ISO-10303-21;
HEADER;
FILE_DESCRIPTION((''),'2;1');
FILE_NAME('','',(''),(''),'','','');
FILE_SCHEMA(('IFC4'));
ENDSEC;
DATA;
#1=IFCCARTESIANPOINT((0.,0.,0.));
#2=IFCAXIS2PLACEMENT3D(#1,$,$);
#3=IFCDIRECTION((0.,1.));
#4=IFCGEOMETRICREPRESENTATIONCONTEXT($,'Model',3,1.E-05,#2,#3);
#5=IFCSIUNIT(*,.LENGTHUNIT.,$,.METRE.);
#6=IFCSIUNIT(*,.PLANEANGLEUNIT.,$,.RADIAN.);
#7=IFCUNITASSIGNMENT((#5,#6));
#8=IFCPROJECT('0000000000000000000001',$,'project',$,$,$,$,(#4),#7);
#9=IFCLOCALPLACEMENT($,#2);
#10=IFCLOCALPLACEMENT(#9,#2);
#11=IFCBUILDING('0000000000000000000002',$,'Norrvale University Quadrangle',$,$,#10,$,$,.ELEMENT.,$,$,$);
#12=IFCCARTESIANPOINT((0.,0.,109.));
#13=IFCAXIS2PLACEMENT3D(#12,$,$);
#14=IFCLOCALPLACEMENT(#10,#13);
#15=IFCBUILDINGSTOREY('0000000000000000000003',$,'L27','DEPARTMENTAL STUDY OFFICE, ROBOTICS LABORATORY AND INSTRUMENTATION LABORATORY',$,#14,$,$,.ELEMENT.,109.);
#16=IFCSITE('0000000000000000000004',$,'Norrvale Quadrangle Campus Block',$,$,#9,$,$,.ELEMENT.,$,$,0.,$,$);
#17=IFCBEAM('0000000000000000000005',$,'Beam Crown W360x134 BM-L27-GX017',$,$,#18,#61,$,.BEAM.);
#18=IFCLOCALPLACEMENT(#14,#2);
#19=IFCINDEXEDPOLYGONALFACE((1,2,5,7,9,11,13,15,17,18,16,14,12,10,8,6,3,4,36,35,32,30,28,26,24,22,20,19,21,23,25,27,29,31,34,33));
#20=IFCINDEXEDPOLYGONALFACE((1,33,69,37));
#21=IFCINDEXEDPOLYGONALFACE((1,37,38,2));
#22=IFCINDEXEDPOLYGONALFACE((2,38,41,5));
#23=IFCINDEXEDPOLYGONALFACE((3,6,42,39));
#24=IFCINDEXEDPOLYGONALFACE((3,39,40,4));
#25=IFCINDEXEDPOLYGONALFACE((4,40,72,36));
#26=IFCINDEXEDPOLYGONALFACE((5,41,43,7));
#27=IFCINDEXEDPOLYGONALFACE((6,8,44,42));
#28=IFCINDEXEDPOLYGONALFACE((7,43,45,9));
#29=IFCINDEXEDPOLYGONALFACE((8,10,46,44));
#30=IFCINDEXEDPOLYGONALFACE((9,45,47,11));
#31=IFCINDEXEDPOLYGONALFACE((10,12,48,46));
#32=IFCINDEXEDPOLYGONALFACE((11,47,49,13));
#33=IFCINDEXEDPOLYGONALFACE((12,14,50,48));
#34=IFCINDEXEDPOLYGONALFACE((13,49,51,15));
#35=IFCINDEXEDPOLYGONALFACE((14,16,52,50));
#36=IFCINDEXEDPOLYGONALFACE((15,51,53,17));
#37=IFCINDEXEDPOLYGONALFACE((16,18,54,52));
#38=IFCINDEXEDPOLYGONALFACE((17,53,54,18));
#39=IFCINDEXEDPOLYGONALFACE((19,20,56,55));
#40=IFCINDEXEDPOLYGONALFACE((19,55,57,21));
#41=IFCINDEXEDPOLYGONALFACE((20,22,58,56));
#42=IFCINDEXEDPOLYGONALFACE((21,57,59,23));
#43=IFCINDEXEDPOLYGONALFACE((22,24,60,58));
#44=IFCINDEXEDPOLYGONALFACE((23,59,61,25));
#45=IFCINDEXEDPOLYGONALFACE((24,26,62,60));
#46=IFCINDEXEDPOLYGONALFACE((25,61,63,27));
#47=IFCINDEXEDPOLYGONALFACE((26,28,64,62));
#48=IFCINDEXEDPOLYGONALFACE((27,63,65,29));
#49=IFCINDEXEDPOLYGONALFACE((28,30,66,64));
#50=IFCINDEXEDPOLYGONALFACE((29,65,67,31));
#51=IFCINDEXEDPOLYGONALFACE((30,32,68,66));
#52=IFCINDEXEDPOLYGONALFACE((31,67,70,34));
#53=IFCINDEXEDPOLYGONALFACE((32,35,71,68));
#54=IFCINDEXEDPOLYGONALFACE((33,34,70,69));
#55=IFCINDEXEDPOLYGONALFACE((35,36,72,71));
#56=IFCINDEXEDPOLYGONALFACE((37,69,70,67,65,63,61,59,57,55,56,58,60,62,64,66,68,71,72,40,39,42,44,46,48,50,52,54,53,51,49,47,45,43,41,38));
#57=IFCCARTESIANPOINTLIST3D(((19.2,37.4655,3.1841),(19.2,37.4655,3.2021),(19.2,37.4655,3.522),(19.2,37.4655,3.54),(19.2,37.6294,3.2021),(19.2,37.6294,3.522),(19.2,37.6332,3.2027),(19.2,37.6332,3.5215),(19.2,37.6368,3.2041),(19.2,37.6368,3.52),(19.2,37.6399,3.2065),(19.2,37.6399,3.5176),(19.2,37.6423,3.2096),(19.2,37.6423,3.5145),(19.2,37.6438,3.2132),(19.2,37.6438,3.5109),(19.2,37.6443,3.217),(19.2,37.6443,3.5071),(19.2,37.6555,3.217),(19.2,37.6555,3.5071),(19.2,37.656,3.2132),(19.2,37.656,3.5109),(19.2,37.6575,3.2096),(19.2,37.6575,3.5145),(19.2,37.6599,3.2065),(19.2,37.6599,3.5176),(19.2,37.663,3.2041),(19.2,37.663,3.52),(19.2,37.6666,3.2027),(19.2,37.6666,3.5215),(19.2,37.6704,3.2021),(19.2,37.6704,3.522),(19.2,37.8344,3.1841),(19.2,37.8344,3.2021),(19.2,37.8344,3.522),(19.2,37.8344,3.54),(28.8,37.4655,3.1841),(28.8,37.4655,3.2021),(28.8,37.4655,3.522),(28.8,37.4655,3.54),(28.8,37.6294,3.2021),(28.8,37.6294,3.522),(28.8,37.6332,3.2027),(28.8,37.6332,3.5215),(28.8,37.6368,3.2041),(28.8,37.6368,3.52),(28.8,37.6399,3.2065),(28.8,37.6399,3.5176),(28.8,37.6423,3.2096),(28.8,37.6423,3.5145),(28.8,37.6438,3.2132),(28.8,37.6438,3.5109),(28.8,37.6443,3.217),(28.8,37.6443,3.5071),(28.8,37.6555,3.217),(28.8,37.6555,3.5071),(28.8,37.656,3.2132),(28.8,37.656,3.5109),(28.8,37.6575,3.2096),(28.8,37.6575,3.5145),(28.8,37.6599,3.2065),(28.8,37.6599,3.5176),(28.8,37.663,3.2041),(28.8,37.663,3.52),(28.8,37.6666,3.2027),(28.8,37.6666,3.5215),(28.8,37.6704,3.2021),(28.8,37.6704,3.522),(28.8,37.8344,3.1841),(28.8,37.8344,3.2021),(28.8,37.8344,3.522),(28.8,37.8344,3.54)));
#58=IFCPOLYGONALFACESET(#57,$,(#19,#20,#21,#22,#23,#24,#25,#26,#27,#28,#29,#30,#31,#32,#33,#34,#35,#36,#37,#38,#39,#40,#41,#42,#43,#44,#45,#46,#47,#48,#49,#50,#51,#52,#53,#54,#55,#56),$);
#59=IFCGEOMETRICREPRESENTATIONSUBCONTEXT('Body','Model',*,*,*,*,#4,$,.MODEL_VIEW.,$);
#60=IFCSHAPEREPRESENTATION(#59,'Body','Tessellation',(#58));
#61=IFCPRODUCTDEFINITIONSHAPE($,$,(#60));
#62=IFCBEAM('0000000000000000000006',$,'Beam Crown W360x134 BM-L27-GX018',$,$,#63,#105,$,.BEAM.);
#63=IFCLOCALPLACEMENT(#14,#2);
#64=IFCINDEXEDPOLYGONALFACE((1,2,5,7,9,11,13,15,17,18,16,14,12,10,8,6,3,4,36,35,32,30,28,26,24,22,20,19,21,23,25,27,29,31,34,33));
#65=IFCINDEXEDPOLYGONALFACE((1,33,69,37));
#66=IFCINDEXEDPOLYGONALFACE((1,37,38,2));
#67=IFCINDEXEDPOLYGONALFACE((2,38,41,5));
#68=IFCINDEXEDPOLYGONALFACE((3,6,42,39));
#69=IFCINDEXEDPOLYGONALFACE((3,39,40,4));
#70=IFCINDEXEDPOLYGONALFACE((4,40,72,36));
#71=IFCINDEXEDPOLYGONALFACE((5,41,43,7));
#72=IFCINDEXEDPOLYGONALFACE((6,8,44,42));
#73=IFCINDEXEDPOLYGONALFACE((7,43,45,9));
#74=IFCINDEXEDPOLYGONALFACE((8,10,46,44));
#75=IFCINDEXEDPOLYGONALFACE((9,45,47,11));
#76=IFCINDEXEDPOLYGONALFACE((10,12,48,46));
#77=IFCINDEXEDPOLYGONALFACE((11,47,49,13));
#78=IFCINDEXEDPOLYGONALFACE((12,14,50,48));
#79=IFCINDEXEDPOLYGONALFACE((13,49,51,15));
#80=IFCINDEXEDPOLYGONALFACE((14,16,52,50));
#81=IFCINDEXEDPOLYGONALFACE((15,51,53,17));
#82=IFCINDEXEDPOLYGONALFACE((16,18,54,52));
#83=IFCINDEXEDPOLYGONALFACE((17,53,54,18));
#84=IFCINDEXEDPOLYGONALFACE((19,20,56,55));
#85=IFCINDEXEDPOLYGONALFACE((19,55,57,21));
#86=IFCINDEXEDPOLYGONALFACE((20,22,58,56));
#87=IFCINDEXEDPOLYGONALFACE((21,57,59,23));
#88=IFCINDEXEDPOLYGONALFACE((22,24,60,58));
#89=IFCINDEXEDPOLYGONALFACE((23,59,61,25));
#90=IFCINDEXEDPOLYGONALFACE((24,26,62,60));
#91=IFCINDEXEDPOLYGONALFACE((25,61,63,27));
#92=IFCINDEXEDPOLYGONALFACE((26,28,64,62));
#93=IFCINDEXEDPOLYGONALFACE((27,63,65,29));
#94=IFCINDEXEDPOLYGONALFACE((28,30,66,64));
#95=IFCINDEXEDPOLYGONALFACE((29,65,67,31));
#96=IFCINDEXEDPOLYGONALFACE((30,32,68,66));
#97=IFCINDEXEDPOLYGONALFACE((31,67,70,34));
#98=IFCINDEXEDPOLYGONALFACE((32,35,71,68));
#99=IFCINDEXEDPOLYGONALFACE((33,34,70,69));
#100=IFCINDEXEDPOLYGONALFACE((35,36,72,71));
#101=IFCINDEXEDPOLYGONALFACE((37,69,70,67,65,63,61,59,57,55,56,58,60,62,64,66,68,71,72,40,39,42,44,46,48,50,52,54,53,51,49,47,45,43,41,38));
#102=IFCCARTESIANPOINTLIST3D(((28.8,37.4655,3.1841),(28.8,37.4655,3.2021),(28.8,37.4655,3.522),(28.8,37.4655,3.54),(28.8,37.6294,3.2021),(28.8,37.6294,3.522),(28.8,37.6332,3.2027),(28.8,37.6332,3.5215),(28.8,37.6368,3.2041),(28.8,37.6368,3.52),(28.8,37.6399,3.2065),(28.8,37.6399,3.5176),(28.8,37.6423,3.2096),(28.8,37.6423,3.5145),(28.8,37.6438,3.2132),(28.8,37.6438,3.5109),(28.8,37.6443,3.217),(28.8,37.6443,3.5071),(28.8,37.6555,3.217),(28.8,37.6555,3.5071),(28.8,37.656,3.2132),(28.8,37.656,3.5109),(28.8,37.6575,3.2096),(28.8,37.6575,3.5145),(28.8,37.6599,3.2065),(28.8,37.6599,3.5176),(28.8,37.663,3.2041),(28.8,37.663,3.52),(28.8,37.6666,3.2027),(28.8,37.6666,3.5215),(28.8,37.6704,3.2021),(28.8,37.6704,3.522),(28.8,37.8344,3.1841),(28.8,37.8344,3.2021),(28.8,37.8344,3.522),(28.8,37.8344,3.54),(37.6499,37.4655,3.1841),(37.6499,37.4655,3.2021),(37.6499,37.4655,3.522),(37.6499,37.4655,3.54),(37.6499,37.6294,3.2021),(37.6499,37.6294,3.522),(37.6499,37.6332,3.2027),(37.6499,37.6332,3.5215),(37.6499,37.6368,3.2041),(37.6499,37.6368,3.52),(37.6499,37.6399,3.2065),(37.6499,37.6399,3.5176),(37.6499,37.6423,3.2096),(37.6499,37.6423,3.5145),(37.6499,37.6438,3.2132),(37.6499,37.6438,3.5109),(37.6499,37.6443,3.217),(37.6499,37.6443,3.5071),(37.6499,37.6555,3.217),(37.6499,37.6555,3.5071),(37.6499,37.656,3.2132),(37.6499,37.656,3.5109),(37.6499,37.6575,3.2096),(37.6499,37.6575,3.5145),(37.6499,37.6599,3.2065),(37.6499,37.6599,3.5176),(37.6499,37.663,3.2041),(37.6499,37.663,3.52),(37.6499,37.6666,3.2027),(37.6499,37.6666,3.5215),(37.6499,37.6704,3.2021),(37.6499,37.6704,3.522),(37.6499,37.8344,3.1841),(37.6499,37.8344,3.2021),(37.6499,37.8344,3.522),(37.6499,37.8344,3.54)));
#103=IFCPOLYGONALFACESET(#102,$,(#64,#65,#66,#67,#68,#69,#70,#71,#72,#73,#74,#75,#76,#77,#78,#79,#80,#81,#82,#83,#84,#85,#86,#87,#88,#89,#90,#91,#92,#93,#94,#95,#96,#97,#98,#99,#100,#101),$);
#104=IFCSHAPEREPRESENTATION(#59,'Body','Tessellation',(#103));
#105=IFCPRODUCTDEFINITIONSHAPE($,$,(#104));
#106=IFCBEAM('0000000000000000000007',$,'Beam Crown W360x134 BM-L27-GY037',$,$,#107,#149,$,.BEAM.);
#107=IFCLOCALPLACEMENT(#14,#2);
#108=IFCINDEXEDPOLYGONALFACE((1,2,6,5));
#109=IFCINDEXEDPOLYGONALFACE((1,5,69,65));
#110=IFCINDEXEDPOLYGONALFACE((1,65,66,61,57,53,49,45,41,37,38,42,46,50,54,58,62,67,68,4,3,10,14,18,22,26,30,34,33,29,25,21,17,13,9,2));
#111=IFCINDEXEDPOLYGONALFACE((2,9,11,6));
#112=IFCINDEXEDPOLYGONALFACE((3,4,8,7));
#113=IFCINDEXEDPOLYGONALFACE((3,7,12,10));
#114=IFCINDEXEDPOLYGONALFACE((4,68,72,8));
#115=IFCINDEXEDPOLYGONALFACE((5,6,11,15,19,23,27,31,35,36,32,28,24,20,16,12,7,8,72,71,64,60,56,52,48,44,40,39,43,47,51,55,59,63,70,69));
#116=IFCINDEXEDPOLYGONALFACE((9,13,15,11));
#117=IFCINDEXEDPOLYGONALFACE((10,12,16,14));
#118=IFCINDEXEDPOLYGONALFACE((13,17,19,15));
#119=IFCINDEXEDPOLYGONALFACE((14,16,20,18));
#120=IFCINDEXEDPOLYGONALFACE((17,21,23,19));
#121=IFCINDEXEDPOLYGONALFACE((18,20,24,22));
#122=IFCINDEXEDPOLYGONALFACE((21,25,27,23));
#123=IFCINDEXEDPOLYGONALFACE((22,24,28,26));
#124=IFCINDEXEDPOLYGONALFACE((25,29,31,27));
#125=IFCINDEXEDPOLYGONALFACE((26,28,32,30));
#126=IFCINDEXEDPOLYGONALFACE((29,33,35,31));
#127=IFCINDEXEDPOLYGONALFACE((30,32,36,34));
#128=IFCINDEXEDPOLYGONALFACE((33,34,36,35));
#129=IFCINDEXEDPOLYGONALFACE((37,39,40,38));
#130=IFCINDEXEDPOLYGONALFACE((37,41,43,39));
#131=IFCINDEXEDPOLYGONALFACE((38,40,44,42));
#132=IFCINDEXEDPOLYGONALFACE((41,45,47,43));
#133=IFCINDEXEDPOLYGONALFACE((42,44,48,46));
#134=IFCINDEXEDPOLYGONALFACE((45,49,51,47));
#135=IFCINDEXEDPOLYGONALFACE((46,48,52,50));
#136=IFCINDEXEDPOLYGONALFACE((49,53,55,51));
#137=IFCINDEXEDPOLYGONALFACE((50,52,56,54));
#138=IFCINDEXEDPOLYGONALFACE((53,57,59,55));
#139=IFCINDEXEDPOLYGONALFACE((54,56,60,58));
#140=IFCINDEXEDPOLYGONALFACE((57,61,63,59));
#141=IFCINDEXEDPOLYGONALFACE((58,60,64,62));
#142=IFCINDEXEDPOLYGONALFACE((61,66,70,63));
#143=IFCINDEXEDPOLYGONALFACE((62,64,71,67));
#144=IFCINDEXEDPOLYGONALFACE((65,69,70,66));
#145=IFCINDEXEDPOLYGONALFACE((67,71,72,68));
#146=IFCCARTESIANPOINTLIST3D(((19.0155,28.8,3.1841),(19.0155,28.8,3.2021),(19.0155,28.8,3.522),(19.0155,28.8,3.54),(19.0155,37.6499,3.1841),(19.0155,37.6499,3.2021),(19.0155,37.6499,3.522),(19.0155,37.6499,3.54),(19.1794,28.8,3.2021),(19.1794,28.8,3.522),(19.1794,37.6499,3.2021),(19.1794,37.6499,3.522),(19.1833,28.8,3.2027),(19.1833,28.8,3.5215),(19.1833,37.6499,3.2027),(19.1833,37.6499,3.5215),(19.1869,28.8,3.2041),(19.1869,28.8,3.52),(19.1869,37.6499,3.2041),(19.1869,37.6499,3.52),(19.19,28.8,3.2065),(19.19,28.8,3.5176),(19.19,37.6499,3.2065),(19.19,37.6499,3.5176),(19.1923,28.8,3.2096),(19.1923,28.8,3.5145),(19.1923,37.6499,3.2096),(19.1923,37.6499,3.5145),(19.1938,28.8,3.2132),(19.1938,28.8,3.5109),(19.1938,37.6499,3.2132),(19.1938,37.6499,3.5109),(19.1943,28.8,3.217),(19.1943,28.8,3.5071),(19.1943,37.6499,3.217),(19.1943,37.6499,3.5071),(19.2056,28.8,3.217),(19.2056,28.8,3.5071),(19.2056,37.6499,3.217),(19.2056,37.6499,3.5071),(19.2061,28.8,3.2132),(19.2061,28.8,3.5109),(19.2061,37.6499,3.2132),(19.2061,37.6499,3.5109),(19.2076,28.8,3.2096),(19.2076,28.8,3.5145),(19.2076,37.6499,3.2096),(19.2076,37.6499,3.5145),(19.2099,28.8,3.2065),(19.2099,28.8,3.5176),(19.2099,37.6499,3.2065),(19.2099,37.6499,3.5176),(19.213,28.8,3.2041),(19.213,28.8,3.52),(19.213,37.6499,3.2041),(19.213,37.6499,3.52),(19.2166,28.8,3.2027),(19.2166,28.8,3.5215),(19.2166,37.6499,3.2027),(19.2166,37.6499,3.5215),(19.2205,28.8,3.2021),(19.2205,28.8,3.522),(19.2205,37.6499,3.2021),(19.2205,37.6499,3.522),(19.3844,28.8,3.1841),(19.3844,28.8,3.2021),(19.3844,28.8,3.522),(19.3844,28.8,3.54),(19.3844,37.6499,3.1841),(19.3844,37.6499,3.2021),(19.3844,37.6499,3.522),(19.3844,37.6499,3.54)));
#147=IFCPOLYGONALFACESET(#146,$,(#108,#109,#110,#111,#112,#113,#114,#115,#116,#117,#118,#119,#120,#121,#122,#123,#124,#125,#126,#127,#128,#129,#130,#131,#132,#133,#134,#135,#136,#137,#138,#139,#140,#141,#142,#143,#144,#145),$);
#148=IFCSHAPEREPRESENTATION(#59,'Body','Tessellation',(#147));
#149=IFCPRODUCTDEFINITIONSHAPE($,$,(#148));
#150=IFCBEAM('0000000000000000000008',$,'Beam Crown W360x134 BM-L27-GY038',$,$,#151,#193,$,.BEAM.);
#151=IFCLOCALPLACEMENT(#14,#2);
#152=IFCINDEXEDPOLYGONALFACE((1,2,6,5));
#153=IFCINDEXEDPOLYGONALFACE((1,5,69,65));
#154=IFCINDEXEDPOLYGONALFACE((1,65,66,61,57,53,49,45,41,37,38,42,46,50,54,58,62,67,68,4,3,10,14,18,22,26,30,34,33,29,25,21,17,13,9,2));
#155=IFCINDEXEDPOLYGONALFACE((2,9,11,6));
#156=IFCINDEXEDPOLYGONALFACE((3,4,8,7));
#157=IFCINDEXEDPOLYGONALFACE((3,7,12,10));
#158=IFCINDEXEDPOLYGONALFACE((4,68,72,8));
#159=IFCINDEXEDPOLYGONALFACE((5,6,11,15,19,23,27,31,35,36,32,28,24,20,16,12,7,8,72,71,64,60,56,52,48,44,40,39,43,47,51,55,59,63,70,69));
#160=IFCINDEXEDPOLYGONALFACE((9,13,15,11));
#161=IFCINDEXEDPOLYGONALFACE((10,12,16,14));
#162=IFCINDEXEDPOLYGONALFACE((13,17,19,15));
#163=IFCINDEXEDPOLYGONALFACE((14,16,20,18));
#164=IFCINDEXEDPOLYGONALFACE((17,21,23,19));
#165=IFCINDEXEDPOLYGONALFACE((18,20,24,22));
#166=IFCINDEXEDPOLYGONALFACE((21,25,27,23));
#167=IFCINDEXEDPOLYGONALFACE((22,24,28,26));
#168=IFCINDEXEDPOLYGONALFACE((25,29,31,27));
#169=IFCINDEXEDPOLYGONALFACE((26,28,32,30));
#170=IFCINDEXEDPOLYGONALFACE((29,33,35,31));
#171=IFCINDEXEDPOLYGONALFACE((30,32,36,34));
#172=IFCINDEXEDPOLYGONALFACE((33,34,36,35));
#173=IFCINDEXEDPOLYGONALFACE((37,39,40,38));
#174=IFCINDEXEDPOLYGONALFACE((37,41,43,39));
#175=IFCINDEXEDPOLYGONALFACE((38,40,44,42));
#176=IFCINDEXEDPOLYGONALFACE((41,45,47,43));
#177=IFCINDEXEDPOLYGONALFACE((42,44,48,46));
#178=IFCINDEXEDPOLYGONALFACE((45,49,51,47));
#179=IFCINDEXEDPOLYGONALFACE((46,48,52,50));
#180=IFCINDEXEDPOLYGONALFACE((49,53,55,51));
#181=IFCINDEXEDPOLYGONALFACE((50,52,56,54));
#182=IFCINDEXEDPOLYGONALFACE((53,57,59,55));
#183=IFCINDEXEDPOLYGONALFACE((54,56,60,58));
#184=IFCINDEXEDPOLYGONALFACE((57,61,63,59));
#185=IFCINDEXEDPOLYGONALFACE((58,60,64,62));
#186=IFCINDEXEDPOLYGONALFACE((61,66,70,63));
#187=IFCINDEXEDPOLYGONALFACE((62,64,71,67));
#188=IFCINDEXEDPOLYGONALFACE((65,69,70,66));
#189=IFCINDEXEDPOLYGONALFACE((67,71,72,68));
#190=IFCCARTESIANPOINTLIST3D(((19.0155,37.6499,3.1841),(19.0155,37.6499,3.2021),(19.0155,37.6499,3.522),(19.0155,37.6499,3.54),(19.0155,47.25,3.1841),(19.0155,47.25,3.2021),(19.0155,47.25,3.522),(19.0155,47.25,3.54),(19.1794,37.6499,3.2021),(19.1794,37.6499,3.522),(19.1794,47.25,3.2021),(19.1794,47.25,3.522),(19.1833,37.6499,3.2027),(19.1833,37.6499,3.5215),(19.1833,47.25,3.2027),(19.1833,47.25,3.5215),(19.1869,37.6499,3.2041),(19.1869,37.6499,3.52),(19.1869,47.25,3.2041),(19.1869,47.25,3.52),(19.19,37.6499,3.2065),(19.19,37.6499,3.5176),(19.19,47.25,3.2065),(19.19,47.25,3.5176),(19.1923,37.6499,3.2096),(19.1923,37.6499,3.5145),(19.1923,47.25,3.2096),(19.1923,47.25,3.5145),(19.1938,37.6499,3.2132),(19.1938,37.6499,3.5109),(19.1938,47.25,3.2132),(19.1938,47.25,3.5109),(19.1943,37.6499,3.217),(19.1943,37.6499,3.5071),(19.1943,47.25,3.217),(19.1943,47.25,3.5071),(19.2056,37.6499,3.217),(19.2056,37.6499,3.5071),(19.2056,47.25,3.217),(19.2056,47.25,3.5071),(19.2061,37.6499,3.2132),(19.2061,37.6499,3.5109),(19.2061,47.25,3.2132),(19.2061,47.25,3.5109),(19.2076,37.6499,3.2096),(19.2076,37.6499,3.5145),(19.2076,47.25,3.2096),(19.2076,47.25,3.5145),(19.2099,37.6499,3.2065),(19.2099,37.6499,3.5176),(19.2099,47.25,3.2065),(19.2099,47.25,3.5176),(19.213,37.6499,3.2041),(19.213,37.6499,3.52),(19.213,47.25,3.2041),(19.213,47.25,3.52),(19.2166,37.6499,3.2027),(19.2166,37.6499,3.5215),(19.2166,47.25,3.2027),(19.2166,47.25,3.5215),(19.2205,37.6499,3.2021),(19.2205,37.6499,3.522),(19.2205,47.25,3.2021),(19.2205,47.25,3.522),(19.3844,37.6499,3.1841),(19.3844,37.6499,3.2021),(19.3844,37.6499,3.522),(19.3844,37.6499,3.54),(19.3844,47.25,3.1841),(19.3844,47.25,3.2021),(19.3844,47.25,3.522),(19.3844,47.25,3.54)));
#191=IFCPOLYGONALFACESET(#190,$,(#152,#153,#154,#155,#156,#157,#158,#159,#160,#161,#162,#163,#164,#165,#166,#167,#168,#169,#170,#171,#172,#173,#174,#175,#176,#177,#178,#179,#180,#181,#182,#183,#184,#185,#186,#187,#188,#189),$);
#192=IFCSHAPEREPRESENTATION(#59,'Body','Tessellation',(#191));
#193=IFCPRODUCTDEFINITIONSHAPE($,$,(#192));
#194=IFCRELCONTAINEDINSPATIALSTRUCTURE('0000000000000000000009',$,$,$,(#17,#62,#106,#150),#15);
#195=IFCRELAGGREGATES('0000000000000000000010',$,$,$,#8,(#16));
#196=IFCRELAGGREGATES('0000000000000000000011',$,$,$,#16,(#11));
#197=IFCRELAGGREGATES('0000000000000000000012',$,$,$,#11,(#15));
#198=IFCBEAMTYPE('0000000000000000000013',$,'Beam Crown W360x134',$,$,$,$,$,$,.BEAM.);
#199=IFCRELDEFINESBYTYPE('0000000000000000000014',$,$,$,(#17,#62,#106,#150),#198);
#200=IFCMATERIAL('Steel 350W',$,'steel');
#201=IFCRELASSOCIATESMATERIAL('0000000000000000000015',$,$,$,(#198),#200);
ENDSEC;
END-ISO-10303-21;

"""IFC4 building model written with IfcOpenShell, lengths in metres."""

from ifc_helpers import new_model, si_unit, direction, frame, origin, origin_2d, place, context, subcontext, project, spatial, i_section, extrude, material, material_profile, profile_set, type_object, element, save


model = new_model("IFC4")

# Units and contexts
model_context = context("Model", 3, precision=1e-05, world=origin(), true_north=direction((0.0, 1.0)))
body_context = subcontext(model_context, "Body", "Model", "MODEL_VIEW")
ifc_project = project(units=[si_unit("LENGTHUNIT", "METRE"), si_unit("PLANEANGLEUNIT", "RADIAN")], contexts=[model_context])

# Site, building, storey
site_placement = place(None, origin())
site = spatial("IfcSite", under=ifc_project, at=site_placement, Name="Norrvale Quadrangle Campus Block", CompositionType="ELEMENT", RefElevation=0.0)
building_placement = place(site_placement, origin())
building = spatial("IfcBuilding", under=site, at=building_placement, Name="Norrvale University Quadrangle", CompositionType="ELEMENT")
storey_placement = place(building_placement, frame((0.0, 0.0, 109.0)))
storey = spatial("IfcBuildingStorey", under=building, at=storey_placement, Name="L27", Description="DEPARTMENTAL STUDY OFFICE, ROBOTICS LABORATORY AND INSTRUMENTATION LABORATORY", CompositionType="ELEMENT", Elevation=109.0)

# Beams
ifc_material_1 = material(Name="Steel 350W", Category="steel")
ifc_material_profile_1 = material_profile(ifc_material_1, i_section(OverallWidth=0.3689, OverallDepth=0.356, WebThickness=0.0112, FlangeThickness=0.0181, FilletRadius=0.0149, at=origin_2d()), Name="Steel 350W")
ifc_profile_set_1 = profile_set([ifc_material_profile_1], Name="Steel 350W")
beam_type_1 = type_object("IfcBeamType", Name="Beam Crown W360x134", PredefinedType="BEAM", material=ifc_profile_set_1)
beam_1_placement = place(storey_placement, frame((19.2, 37.6499, 3.3621), z_axis=(1.0, 0.0, 0.0), x_axis=(0.0, 1.0, 0.0)))
element("IfcBeam", 1, at=beam_1_placement, inside=storey, type_object=beam_type_1, Name="Beam Crown W360x134 BM-L27-GX017", PredefinedType="BEAM", context=body_context, shape_type="SweptSolid", body=[
    extrude(i_section(OverallWidth=0.3689, OverallDepth=0.356, WebThickness=0.0112, FlangeThickness=0.0181, FilletRadius=0.0149, at=origin_2d()), origin(), (0.0, 0.0, 1.0), 9.6001),
])
for number, where, z_axis, x_axis, name in (
    (2, (28.8, 37.6499, 3.3621), (1.0, 0.0, 0.0), (0.0, 1.0, 0.0), "Beam Crown W360x134 BM-L27-GX018"),
    (3, (19.2, 28.8, 3.3621), (0.0, 1.0, 0.0), (-1.0, 0.0, 0.0), "Beam Crown W360x134 BM-L27-GY037"),
):
    element("IfcBeam", number, at=place(storey_placement, frame(where, z_axis=z_axis, x_axis=x_axis)), inside=storey, type_object=beam_type_1, Name=name, PredefinedType="BEAM", context=body_context, shape_type="SweptSolid", body=[
        extrude(i_section(OverallWidth=0.3689, OverallDepth=0.356, WebThickness=0.0112, FlangeThickness=0.0181, FilletRadius=0.0149, at=origin_2d()), origin(), (0.0, 0.0, 1.0), 8.8499),
    ])
beam_2_placement = place(storey_placement, frame((19.2, 37.6499, 3.3621), z_axis=(0.0, 1.0, 0.0), x_axis=(-1.0, 0.0, 0.0)))
element("IfcBeam", 4, at=beam_2_placement, inside=storey, type_object=beam_type_1, Name="Beam Crown W360x134 BM-L27-GY038", PredefinedType="BEAM", context=body_context, shape_type="SweptSolid", body=[
    extrude(i_section(OverallWidth=0.3689, OverallDepth=0.356, WebThickness=0.0112, FlangeThickness=0.0181, FilletRadius=0.0149, at=origin_2d()), origin(), (0.0, 0.0, 1.0), 9.6001),
])

save(model, "model.ifc")
